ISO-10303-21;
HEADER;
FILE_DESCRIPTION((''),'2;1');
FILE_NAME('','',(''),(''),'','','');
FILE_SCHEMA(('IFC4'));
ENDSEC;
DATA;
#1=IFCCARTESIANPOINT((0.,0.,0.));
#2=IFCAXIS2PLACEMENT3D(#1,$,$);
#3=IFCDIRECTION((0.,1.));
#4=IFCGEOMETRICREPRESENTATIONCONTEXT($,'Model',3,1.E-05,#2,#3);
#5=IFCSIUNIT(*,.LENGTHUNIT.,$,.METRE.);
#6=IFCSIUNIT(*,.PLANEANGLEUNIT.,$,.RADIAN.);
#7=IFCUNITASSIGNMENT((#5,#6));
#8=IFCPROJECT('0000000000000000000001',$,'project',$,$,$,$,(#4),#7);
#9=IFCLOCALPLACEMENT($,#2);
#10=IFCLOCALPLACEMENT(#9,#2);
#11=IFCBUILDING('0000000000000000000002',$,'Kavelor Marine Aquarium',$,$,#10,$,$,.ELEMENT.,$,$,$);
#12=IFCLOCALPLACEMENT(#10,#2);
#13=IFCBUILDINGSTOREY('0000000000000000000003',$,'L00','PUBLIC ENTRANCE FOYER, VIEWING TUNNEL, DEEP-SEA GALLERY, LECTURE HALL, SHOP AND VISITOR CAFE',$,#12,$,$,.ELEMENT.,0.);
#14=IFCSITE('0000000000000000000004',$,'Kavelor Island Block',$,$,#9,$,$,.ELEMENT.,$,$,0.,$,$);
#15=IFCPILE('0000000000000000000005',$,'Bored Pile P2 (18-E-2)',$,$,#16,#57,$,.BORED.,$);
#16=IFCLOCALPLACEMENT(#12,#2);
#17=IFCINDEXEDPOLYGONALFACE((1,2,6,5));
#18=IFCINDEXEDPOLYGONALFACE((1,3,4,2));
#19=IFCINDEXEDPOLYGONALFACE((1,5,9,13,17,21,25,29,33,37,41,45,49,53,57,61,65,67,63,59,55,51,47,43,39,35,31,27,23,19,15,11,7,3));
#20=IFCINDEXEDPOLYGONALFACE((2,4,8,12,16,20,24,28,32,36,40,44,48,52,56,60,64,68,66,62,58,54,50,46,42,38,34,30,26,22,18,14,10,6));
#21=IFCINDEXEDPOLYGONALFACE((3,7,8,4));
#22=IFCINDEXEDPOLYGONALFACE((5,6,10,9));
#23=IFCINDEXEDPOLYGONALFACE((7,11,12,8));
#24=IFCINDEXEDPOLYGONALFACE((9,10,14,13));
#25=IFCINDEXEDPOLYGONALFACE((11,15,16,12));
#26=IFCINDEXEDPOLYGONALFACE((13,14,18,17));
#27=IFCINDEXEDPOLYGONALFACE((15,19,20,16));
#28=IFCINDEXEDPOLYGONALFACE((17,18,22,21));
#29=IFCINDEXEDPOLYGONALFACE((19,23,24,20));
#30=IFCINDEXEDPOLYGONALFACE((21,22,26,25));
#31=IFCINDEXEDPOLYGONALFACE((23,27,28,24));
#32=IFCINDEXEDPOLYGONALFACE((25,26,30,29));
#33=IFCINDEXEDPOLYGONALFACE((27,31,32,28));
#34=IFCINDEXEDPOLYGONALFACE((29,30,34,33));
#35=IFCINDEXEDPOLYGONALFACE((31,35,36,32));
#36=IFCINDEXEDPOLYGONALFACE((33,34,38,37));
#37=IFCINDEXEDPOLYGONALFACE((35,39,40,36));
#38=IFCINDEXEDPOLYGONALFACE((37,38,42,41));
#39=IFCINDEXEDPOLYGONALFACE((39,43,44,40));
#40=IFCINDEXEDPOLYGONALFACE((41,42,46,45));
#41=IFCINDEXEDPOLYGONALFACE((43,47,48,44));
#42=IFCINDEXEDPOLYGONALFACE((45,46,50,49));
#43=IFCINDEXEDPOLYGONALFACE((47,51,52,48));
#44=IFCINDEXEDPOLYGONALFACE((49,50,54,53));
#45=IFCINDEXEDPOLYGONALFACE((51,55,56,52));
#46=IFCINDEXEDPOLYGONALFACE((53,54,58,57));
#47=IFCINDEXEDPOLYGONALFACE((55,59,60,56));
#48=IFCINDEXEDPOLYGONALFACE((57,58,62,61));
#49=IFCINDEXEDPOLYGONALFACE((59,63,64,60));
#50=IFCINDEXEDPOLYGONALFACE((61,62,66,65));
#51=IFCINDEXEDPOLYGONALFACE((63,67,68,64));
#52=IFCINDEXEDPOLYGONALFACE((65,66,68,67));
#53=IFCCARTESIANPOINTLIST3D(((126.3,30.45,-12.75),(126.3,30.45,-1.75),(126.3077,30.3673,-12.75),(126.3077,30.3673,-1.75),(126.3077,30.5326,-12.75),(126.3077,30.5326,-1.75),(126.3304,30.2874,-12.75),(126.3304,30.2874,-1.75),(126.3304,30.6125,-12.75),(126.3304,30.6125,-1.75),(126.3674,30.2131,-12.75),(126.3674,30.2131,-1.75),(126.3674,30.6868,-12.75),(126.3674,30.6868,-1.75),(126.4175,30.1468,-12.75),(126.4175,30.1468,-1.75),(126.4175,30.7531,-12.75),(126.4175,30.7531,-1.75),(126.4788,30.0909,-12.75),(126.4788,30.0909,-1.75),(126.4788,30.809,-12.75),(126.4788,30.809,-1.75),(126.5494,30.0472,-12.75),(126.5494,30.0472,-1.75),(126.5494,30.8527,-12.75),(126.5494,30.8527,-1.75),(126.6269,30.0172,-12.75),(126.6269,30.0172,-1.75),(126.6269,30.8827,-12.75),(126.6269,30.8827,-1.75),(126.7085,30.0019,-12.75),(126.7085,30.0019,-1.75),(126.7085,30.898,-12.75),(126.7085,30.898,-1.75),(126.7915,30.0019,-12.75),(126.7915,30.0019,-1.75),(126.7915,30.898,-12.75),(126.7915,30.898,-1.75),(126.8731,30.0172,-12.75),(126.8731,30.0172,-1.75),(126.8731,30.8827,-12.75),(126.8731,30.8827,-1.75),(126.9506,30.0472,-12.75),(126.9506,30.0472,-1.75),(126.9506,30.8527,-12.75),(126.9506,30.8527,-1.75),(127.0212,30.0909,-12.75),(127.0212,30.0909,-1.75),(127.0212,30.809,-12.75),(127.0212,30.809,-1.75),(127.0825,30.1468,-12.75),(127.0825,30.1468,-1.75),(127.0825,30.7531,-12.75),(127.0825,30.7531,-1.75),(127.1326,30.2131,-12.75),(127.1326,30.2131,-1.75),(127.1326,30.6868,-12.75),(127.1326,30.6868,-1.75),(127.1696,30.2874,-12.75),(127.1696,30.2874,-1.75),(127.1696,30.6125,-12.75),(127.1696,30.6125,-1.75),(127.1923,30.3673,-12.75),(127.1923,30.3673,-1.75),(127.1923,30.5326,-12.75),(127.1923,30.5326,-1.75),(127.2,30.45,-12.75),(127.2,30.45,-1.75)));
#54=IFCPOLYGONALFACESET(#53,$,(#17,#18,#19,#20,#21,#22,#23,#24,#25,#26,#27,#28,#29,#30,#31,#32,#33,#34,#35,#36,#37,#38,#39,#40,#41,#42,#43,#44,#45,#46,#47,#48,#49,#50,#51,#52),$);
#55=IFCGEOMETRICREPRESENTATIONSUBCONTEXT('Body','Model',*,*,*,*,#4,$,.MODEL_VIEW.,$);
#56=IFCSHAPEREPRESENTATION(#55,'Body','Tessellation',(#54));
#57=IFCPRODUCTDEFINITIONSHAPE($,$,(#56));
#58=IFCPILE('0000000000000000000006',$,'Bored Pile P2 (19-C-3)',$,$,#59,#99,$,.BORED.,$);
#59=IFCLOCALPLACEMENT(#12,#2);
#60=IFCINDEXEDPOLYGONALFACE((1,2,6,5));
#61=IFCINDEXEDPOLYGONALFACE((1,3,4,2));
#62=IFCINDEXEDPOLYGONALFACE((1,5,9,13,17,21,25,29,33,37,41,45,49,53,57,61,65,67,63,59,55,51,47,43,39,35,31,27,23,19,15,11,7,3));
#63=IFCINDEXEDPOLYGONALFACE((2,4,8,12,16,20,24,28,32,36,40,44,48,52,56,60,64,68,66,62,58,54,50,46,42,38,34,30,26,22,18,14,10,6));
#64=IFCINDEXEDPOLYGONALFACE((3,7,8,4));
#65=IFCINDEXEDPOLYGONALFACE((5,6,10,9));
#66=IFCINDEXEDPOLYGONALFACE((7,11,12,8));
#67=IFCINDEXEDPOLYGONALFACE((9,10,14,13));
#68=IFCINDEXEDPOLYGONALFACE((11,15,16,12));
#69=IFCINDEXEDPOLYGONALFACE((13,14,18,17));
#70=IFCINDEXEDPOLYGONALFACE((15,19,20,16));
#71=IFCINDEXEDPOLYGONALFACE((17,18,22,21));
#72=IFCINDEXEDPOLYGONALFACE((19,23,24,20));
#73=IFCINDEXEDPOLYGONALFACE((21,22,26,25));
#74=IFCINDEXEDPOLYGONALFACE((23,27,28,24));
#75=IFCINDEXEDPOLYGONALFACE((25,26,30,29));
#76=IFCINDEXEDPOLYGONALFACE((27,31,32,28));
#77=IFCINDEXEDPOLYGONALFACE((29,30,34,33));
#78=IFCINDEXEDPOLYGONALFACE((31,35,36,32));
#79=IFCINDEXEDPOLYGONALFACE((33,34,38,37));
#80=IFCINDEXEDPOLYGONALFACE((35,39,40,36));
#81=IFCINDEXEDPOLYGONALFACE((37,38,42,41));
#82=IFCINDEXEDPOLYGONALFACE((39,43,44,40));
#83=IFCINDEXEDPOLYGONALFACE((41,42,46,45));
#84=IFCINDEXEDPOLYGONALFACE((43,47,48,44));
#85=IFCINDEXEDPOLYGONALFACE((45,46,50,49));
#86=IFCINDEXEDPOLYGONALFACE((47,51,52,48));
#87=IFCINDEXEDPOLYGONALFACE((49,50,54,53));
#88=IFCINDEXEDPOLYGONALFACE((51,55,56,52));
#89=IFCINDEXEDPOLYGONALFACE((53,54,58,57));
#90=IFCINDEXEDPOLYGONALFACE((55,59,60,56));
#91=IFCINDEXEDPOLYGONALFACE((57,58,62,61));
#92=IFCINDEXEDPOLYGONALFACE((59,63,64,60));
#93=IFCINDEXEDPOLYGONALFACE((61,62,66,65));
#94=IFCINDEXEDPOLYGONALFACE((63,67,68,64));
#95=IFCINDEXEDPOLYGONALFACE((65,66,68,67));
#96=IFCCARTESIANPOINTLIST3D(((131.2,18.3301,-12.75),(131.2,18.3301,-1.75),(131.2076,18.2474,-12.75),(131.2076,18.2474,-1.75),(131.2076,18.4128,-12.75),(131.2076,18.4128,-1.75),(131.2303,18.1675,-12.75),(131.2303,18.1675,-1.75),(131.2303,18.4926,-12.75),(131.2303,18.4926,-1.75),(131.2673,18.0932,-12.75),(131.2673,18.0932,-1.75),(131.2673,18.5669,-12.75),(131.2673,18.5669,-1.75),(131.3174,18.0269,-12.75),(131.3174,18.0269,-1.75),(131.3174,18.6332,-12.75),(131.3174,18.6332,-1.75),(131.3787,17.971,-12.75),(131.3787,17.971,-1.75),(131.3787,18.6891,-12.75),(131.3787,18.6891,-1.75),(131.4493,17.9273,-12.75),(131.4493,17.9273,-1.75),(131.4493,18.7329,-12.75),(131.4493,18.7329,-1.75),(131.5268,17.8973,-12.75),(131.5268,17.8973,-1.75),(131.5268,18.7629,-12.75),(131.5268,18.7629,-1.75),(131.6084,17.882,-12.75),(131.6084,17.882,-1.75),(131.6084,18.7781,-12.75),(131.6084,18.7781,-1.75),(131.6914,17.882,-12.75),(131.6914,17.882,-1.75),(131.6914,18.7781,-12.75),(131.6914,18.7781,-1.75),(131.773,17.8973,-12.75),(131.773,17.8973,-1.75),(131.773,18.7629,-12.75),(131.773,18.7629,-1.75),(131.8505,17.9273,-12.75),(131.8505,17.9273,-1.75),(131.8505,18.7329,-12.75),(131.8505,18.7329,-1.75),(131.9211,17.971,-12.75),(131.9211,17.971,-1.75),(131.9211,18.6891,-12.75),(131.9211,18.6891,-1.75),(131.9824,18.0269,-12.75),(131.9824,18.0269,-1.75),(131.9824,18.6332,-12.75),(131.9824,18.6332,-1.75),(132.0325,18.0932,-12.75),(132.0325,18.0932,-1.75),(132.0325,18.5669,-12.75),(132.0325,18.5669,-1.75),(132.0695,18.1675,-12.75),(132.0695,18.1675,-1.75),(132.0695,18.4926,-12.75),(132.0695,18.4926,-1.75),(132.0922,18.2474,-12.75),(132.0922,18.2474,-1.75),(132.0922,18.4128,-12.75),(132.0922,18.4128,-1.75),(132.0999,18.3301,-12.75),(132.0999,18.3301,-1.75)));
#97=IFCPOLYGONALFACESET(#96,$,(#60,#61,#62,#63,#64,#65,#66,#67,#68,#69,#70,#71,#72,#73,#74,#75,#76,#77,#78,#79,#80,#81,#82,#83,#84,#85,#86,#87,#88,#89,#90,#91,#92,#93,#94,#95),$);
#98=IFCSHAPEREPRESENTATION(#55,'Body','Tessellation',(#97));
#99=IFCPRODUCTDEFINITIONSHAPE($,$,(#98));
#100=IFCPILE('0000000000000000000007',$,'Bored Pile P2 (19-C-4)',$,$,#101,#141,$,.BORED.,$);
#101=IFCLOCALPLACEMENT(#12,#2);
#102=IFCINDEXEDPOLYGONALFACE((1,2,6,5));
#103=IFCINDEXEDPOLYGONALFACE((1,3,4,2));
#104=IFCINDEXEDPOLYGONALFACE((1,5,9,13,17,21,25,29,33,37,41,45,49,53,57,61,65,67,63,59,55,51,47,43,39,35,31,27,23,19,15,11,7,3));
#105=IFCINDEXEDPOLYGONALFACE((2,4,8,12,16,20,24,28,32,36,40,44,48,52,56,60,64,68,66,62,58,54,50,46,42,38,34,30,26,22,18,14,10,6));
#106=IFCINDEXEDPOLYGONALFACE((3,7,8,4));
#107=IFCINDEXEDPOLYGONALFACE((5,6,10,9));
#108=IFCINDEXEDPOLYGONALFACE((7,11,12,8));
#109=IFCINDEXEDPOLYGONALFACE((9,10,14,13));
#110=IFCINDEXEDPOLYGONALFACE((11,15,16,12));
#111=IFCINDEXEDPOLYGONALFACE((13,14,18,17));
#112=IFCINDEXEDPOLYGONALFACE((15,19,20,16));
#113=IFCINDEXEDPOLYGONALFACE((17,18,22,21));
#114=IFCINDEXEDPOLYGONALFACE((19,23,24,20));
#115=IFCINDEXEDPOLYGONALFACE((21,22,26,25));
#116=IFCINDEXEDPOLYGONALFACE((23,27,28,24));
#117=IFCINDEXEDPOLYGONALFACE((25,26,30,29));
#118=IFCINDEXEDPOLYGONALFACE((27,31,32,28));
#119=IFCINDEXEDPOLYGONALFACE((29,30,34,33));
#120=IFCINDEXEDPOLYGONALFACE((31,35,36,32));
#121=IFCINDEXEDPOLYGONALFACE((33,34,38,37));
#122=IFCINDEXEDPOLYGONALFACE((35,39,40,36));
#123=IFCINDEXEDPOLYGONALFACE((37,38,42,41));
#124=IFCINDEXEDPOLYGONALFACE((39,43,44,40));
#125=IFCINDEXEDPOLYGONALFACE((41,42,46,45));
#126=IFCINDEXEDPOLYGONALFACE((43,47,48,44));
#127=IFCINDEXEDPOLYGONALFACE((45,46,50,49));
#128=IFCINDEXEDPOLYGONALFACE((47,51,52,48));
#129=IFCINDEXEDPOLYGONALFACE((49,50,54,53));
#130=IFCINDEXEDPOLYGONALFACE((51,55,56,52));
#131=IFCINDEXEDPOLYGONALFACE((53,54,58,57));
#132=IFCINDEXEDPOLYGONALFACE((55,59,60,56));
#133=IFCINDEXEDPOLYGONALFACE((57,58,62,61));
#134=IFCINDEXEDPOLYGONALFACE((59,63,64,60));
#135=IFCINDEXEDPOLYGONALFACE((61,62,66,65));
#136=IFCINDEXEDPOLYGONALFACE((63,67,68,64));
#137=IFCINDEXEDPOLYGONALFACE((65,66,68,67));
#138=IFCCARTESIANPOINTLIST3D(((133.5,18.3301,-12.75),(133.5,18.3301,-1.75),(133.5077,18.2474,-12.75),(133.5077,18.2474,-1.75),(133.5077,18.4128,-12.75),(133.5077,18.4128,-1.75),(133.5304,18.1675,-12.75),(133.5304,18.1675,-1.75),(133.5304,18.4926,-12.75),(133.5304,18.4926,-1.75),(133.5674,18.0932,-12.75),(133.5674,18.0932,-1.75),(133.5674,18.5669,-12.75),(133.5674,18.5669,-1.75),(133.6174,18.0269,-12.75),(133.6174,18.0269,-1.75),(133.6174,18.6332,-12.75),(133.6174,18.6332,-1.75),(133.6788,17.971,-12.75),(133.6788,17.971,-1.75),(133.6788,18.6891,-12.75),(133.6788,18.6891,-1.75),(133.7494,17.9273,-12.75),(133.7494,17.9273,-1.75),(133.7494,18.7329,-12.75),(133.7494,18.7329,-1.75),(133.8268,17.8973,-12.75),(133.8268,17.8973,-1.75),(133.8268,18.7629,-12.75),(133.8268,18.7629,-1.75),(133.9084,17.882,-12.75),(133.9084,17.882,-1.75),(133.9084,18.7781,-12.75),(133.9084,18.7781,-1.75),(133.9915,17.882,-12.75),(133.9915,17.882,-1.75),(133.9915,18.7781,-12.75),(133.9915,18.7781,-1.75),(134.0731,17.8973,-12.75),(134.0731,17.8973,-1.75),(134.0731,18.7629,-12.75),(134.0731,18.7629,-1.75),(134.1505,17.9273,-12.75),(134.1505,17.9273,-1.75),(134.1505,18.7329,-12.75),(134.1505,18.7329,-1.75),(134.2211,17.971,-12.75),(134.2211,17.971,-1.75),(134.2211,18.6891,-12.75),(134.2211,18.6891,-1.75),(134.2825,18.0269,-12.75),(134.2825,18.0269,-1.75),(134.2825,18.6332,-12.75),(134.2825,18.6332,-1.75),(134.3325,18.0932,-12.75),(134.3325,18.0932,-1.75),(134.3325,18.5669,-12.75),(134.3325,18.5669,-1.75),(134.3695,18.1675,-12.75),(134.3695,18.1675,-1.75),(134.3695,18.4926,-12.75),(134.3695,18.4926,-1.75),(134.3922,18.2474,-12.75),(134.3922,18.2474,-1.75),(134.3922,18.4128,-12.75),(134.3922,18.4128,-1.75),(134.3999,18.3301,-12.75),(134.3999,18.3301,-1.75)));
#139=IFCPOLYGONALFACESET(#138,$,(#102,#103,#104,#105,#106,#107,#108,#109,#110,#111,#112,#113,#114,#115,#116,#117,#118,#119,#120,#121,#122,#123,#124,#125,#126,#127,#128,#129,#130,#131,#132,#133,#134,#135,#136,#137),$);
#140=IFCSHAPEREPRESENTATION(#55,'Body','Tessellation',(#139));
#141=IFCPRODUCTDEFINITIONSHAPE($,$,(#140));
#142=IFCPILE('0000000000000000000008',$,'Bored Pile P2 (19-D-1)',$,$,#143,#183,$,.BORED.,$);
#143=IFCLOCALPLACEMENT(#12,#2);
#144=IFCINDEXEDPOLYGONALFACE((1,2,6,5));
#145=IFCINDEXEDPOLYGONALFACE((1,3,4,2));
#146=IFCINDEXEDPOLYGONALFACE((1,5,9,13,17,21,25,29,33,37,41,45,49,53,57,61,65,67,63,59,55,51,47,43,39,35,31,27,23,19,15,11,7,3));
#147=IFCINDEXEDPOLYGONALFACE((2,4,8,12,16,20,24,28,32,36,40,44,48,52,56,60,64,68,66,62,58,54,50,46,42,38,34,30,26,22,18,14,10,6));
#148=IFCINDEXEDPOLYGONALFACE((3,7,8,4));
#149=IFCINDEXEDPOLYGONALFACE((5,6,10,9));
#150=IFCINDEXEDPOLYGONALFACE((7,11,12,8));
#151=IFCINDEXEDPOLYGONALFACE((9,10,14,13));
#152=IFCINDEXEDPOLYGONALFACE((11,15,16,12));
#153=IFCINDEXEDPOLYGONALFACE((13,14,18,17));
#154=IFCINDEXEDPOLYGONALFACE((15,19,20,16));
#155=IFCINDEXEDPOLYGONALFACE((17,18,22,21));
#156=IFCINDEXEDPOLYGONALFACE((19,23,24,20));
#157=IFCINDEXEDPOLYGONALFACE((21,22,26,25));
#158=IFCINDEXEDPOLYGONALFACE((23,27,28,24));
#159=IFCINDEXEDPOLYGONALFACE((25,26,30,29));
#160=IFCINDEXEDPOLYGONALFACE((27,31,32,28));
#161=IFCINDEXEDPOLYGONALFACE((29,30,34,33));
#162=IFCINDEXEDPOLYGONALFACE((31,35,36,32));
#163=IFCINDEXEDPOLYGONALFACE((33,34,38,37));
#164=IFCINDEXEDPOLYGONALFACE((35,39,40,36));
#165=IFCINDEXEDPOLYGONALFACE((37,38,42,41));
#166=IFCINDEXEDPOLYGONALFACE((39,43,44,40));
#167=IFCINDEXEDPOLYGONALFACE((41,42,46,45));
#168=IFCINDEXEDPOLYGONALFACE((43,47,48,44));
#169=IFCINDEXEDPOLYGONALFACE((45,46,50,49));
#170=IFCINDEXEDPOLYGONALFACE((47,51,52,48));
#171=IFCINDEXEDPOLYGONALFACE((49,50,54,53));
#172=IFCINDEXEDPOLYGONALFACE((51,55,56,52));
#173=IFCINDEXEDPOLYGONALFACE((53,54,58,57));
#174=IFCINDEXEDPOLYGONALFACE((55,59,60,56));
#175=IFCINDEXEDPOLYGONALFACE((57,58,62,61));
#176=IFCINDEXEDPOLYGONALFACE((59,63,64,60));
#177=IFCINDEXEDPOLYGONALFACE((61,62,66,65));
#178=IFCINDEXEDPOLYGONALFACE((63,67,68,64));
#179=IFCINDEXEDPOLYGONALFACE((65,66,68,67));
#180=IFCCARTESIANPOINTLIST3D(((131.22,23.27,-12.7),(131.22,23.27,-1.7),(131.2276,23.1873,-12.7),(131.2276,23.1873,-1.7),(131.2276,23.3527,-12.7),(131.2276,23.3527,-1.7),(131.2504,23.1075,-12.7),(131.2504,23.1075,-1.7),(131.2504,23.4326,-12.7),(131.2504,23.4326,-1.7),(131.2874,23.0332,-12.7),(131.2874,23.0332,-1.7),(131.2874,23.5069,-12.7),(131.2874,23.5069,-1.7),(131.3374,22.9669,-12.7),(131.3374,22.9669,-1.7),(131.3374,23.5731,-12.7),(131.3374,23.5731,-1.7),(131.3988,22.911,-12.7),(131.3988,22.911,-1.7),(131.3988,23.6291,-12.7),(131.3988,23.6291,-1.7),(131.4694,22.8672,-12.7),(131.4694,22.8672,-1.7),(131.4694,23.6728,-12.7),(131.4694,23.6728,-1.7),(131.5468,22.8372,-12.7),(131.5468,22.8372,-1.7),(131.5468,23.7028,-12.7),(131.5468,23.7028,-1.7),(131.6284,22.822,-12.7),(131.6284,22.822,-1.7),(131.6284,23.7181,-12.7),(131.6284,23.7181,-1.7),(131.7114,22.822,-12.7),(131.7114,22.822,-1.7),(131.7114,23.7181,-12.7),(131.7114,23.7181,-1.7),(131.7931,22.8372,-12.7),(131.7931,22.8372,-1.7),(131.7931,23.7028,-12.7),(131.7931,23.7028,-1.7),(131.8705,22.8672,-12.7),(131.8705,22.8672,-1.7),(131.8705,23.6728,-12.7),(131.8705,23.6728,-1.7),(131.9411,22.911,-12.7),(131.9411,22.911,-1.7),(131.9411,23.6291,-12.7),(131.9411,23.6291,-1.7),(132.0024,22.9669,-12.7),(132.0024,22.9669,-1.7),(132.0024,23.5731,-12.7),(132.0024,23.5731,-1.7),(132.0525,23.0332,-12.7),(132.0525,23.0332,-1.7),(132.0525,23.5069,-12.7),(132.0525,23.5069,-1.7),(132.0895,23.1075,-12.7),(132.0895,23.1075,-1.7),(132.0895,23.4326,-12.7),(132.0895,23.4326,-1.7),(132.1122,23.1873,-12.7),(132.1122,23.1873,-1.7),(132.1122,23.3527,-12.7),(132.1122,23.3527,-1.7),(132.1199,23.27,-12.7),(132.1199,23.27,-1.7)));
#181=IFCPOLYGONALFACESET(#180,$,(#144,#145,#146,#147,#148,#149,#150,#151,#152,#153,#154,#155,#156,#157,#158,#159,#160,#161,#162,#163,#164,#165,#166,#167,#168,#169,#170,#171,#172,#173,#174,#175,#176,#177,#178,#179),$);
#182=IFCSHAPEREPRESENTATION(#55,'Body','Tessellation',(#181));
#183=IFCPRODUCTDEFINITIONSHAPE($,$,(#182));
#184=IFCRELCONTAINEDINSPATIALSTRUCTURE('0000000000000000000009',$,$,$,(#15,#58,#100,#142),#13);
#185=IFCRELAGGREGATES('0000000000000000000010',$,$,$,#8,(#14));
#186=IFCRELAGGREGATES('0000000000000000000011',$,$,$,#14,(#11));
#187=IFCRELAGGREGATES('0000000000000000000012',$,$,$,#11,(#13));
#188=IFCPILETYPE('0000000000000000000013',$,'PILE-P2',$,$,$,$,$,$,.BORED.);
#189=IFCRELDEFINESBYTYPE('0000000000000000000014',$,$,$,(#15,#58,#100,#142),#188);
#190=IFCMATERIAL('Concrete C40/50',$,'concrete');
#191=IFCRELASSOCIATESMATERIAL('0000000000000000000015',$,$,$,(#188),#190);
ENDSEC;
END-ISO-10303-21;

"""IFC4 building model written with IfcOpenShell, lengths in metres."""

from ifc_helpers import new_model, si_unit, direction, frame, origin, origin_2d, place, context, subcontext, project, spatial, circle, extrude, material, material_profile, profile_set, type_object, element, save


model = new_model("IFC4")

# Units and contexts
model_context = context("Model", 3, precision=1e-05, world=origin(), true_north=direction((0.0, 1.0)))
body_context = subcontext(model_context, "Body", "Model", "MODEL_VIEW")
ifc_project = project(units=[si_unit("LENGTHUNIT", "METRE"), si_unit("PLANEANGLEUNIT", "RADIAN")], contexts=[model_context])

# Site, building, storey
site_placement = place(None, origin())
site = spatial("IfcSite", under=ifc_project, at=site_placement, Name="Kavelor Island Block", CompositionType="ELEMENT", RefElevation=0.0)
building_placement = place(site_placement, origin())
building = spatial("IfcBuilding", under=site, at=building_placement, Name="Kavelor Marine Aquarium", CompositionType="ELEMENT")
storey_placement = place(building_placement, origin())
storey = spatial("IfcBuildingStorey", under=building, at=storey_placement, Name="L00", Description="PUBLIC ENTRANCE FOYER, VIEWING TUNNEL, DEEP-SEA GALLERY, LECTURE HALL, SHOP AND VISITOR CAFE", CompositionType="ELEMENT", Elevation=0.0)

# Piles
ifc_material_1 = material(Name="Concrete C40/50", Category="concrete")
ifc_material_profile_1 = material_profile(ifc_material_1, circle(Radius=0.45, at=origin_2d()), Name="PILE D900")
ifc_profile_set_1 = profile_set([ifc_material_profile_1], Name="Concrete C40/50")
pile_type_1 = type_object("IfcPileType", Name="PILE-P2", PredefinedType="BORED", material=ifc_profile_set_1)
for number, where, z_axis, x_axis, name in (
    (1, (126.75, 30.45, -1.75), (0.0, 0.0, -1.0), (1.0, 0.0, 0.0), "Bored Pile P2 (18-E-2)"),
    (2, (131.6499, 18.3301, -1.75), (0.0, 0.0, -1.0), (1.0, 0.0, 0.0), "Bored Pile P2 (19-C-3)"),
    (3, (133.95, 18.3301, -1.75), (0.0, 0.0, -1.0), (1.0, 0.0, 0.0), "Bored Pile P2 (19-C-4)"),
    (4, (131.6699, 23.27, -1.7), (0.0, 0.0, -1.0), (1.0, 0.0, 0.0), "Bored Pile P2 (19-D-1)"),
):
    element("IfcPile", number, at=place(storey_placement, frame(where, z_axis=z_axis, x_axis=x_axis)), inside=storey, type_object=pile_type_1, Name=name, PredefinedType="BORED", context=body_context, shape_type="SweptSolid", body=[
        extrude(circle(Radius=0.45, at=origin_2d()), origin(), (0.0, 0.0, 1.0), 11.0),
    ])

save(model, "model.ifc")
